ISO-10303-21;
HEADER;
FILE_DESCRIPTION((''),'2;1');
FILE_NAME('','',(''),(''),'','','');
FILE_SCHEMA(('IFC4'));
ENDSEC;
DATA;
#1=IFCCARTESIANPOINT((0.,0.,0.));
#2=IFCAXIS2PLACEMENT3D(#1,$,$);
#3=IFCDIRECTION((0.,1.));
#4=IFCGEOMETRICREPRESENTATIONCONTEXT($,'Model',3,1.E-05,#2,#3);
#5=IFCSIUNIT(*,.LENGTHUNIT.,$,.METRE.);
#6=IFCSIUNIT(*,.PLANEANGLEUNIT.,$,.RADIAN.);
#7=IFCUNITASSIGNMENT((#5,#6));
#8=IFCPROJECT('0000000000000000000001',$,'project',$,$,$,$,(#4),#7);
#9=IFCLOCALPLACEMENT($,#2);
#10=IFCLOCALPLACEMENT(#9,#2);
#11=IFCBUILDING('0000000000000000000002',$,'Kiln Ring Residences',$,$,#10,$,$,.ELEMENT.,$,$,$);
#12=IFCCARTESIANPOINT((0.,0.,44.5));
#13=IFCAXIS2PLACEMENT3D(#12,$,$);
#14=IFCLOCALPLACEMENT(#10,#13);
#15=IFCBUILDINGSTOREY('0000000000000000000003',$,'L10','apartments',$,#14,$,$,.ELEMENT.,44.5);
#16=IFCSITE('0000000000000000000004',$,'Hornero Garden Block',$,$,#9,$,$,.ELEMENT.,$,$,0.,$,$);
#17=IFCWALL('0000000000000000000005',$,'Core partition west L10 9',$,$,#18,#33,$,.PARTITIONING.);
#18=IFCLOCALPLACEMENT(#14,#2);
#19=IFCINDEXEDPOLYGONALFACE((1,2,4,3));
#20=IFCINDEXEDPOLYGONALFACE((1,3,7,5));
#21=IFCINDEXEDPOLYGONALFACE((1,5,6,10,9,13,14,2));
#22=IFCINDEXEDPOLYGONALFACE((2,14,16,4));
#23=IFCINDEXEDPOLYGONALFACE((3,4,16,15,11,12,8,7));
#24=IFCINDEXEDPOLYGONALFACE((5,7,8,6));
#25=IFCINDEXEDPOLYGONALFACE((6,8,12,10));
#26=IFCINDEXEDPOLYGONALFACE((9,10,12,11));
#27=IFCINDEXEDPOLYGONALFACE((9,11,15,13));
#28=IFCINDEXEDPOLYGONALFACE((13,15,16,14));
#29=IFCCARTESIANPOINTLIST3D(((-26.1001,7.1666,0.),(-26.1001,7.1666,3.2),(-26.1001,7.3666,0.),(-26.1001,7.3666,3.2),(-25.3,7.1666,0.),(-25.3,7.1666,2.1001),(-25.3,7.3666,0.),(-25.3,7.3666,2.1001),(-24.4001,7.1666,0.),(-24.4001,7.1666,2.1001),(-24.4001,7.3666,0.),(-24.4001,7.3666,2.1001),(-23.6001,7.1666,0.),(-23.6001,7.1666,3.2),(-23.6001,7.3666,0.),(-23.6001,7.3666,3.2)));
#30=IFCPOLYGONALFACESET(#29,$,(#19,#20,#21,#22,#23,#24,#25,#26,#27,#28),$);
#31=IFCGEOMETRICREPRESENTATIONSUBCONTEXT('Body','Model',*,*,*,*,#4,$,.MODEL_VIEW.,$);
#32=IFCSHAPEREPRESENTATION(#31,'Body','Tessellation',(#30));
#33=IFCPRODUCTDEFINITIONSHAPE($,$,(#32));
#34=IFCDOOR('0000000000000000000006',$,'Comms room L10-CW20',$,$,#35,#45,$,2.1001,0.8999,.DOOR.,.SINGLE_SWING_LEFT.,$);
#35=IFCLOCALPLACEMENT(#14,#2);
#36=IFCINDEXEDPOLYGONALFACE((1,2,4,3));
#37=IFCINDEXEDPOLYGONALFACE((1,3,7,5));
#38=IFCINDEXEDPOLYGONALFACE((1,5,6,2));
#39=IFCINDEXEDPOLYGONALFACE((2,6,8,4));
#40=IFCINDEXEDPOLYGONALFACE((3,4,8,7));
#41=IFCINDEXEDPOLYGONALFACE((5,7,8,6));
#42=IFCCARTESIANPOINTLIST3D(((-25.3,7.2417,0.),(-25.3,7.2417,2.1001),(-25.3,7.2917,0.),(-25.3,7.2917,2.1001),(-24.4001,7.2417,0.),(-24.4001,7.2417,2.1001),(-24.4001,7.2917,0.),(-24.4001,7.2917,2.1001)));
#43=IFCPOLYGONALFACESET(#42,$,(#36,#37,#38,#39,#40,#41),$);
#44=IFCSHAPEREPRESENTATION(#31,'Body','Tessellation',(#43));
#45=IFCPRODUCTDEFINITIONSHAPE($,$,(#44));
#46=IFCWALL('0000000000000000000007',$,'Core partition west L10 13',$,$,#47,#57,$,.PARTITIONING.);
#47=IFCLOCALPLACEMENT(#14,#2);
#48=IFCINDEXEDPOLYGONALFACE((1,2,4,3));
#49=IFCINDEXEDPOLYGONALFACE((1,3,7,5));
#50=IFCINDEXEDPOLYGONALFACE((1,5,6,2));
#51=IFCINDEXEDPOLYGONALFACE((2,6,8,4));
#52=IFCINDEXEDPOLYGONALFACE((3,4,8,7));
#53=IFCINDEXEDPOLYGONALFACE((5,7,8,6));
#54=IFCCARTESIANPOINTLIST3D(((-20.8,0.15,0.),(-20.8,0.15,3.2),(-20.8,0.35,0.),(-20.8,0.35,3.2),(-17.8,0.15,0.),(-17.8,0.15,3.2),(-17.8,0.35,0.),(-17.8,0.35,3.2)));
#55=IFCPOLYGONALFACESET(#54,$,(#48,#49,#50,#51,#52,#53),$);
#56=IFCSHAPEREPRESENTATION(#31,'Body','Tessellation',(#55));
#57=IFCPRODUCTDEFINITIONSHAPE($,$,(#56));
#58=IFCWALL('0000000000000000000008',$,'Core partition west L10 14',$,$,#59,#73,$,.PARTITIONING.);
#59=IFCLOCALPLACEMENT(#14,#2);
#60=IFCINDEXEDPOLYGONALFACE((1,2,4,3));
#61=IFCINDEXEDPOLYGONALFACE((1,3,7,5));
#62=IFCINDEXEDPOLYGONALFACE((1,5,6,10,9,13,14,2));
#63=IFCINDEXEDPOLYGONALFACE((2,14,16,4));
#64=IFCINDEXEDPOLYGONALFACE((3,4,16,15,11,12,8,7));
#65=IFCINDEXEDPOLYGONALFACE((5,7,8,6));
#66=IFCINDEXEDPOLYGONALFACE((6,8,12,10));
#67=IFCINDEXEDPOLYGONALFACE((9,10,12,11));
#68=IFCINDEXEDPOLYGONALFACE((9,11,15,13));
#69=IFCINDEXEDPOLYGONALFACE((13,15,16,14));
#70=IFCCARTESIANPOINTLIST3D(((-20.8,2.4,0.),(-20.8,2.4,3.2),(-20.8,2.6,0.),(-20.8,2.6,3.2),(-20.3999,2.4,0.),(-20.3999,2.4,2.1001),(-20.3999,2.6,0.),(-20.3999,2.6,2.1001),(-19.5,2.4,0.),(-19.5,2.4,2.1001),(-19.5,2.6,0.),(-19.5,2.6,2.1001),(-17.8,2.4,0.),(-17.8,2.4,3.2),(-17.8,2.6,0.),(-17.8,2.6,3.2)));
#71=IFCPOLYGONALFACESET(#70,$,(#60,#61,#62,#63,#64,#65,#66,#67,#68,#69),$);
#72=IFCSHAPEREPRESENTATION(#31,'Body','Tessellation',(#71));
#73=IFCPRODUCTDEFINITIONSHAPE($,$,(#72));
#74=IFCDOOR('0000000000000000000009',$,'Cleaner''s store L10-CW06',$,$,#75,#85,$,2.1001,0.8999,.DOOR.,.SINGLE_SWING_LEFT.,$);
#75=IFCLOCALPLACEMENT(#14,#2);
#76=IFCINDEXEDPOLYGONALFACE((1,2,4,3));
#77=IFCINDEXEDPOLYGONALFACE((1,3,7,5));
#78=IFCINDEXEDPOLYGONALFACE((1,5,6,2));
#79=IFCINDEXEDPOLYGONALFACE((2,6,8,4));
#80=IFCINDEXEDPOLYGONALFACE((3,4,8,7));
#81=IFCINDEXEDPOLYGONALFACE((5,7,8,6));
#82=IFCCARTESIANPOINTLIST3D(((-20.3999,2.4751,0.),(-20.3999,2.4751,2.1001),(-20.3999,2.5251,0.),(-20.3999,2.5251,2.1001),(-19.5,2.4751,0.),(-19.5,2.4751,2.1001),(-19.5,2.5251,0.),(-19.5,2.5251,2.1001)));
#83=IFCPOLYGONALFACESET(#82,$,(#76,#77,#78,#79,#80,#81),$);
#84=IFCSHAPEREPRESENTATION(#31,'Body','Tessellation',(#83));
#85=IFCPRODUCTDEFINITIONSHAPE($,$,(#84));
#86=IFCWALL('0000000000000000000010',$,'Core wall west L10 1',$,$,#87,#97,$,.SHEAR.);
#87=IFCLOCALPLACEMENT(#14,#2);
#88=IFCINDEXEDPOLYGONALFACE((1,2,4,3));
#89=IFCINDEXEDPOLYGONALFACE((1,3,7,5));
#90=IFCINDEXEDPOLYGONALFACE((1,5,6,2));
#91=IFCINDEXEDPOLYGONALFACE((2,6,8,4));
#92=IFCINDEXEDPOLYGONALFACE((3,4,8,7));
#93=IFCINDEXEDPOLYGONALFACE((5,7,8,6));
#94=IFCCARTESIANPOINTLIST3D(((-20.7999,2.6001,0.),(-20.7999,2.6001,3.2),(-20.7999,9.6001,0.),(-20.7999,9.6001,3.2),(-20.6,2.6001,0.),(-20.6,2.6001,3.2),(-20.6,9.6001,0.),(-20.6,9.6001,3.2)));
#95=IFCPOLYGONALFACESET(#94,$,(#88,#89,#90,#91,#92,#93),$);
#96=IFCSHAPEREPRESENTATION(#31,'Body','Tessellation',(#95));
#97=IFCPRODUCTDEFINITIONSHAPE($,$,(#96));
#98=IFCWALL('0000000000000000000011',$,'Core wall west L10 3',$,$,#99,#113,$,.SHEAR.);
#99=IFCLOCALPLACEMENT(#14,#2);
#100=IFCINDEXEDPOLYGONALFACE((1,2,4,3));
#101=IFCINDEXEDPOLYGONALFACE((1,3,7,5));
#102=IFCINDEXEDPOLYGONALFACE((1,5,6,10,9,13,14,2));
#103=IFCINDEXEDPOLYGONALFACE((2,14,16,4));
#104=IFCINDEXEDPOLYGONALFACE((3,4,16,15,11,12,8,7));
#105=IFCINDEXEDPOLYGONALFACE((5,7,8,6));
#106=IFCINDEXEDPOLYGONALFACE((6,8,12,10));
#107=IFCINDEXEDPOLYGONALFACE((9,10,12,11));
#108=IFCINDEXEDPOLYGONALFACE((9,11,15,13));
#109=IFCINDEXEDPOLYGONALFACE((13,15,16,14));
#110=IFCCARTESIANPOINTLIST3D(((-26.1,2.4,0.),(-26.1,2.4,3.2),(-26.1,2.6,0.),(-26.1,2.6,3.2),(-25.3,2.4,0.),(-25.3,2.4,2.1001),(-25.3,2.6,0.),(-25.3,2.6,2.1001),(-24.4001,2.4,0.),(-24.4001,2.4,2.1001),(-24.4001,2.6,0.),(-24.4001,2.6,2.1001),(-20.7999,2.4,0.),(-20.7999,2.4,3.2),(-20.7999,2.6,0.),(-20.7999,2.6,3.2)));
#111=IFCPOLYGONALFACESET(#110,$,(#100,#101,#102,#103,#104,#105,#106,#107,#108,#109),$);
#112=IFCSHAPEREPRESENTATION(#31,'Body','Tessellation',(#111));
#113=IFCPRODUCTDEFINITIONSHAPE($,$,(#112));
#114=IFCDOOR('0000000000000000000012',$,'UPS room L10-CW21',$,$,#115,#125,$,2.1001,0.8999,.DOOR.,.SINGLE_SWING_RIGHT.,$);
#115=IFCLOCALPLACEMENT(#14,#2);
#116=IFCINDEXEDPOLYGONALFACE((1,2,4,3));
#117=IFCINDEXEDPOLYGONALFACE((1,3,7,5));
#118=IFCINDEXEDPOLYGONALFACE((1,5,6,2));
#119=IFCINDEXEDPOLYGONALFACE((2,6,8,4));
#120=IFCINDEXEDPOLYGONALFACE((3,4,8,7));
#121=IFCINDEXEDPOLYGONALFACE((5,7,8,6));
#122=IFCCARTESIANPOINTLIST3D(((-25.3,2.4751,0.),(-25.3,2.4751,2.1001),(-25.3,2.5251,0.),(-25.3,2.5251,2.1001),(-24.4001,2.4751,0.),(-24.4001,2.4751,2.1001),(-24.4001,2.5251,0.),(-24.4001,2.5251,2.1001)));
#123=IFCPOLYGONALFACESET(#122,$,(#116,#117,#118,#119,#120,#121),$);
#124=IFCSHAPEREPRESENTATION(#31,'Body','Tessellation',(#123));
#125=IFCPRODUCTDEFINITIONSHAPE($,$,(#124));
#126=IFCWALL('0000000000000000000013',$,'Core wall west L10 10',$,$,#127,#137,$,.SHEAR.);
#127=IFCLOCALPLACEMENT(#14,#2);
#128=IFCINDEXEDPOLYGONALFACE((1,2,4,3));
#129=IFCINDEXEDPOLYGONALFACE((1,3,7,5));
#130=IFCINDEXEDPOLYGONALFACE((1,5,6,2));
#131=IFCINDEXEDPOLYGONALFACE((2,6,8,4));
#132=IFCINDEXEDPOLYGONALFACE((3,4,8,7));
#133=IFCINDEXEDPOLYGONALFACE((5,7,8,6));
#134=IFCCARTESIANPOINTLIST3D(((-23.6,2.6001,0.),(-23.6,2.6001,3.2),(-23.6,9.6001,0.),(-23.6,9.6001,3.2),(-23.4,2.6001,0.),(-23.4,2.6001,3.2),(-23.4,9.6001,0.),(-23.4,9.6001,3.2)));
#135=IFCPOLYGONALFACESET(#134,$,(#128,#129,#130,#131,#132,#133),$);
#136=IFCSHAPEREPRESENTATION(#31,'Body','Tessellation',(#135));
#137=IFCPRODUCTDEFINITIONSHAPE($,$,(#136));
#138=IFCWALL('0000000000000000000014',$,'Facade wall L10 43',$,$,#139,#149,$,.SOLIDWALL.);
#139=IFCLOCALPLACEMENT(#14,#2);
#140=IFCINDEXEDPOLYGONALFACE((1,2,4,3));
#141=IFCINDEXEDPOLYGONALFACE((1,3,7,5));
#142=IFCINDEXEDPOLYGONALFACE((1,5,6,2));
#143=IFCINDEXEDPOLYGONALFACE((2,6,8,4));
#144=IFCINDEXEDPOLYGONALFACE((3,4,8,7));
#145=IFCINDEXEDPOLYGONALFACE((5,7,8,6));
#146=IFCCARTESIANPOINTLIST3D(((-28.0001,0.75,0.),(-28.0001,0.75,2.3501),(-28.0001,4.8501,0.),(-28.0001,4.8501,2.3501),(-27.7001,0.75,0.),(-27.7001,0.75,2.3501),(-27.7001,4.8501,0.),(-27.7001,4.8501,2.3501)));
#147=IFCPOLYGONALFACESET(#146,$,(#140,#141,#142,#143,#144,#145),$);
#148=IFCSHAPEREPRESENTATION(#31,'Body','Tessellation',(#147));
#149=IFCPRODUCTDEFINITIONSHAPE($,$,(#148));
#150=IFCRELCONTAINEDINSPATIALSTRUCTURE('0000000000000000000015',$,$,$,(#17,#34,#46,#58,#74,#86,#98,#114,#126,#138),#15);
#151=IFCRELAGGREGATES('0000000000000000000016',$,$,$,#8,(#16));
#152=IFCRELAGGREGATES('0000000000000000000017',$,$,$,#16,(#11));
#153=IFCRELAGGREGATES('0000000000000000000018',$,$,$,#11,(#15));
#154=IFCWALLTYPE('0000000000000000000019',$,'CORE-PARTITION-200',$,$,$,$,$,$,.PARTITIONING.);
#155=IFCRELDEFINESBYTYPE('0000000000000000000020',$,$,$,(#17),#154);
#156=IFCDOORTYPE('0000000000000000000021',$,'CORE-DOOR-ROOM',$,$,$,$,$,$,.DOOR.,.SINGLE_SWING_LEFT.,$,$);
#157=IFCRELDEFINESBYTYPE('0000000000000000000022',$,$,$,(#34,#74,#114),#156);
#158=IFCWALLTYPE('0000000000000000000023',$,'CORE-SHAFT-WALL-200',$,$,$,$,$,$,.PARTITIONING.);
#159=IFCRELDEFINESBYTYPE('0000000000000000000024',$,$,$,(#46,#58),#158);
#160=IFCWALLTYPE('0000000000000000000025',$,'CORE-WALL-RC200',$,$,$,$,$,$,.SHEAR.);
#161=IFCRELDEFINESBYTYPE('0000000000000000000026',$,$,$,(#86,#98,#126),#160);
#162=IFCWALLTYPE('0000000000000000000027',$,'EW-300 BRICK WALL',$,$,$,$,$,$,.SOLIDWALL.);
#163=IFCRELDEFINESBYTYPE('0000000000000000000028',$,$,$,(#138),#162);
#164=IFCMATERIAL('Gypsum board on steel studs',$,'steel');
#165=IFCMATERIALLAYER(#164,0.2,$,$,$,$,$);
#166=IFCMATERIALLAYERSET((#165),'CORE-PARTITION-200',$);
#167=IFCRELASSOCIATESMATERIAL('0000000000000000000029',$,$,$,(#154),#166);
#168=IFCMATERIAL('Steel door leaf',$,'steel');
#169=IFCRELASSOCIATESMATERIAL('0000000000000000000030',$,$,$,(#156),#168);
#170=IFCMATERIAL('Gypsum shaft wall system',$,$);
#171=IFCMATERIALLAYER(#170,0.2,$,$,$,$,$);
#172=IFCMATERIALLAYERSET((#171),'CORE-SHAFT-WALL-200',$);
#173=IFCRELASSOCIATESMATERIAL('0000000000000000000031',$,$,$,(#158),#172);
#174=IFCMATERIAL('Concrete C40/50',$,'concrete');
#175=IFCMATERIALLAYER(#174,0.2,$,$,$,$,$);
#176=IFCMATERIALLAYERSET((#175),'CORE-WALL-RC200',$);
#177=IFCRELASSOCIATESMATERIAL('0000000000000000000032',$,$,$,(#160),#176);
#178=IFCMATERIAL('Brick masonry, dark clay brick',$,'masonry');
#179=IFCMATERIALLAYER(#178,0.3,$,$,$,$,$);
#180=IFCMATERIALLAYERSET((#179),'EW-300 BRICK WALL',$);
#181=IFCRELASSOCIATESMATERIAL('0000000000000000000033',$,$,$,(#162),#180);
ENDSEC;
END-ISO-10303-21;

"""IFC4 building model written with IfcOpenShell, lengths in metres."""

from ifc_helpers import new_model, si_unit, direction, frame, frame_2d, origin, place, context, subcontext, project, spatial, rectangle, extrude, material, layer, layer_set, type_object, element, fill, save


model = new_model("IFC4")

# Units and contexts
model_context = context("Model", 3, precision=1e-05, world=origin(), true_north=direction((0.0, 1.0)))
body_context = subcontext(model_context, "Body", "Model", "MODEL_VIEW")
ifc_project = project(units=[si_unit("LENGTHUNIT", "METRE"), si_unit("PLANEANGLEUNIT", "RADIAN")], contexts=[model_context])

# Site, building, storey
site_placement = place(None, origin())
site = spatial("IfcSite", under=ifc_project, at=site_placement, Name="Hornero Garden Block", CompositionType="ELEMENT", RefElevation=0.0)
building_placement = place(site_placement, origin())
building = spatial("IfcBuilding", under=site, at=building_placement, Name="Kiln Ring Residences", CompositionType="ELEMENT")
storey_placement = place(building_placement, frame((0.0, 0.0, 44.5)))
storey = spatial("IfcBuildingStorey", under=building, at=storey_placement, Name="L10", Description="apartments", CompositionType="ELEMENT", Elevation=44.5)

# Shared definitions
ifc_material_1 = material(Name="Gypsum board on steel studs", Category="steel")
ifc_layer_1 = layer(ifc_material_1, 0.2)
ifc_layer_set_1 = layer_set([ifc_layer_1], Name="CORE-PARTITION-200")
wall_type_1 = type_object("IfcWallType", Name="CORE-PARTITION-200", PredefinedType="PARTITIONING", material=ifc_layer_set_1)
ifc_material_2 = material(Name="Steel door leaf", Category="steel")
door_type = type_object("IfcDoorType", Name="CORE-DOOR-ROOM", OperationType="SINGLE_SWING_LEFT", PredefinedType="DOOR", material=ifc_material_2)

# Wall, opening, door
wall_1_placement = place(storey_placement, frame((-23.6001, 7.2666, 0.0), z_axis=(0.0, 0.0, 1.0), x_axis=(-1.0, 0.0, 0.0)))
wall_1 = element("IfcWall", 1, at=wall_1_placement, inside=storey, type_object=wall_type_1, Name="Core partition west L10 9", PredefinedType="PARTITIONING", context=body_context, shape_type="SweptSolid", body=[
    extrude(rectangle(XDim=2.5, YDim=0.2, at=frame_2d((1.25, 0.0))), origin(), (0.0, 0.0, 1.0), 3.2),
])
opening_1_placement = place(wall_1_placement, frame((0.8, 0.0, 0.0)))
opening_1 = element("IfcOpeningElement", 2, at=opening_1_placement, cuts=wall_1, PredefinedType="OPENING", context=body_context, shape_type="SweptSolid", body=[
    extrude(rectangle(XDim=0.8999, YDim=2.1001, at=frame_2d((0.45, 1.05))), frame((0.0, 0.1099, 0.0), z_axis=(0.0, -1.0, 0.0), x_axis=(1.0, 0.0, 0.0)), (0.0, 0.0, 1.0), 0.22),
])
door_1_placement = place(opening_1_placement, origin())
door_1 = element("IfcDoor", 3, at=door_1_placement, inside=storey, type_object=door_type, Name="Comms room L10-CW20", OperationType="SINGLE_SWING_LEFT", OverallHeight=2.1001, OverallWidth=0.8999, PredefinedType="DOOR", context=body_context, shape_type="SweptSolid", body=[
    extrude(rectangle(XDim=0.8999, YDim=2.1001, at=frame_2d((0.45, 1.05))), frame((0.0, 0.0249, 0.0), z_axis=(0.0, -1.0, 0.0), x_axis=(1.0, 0.0, 0.0)), (0.0, 0.0, 1.0), 0.05),
])
fill(opening_1, door_1)

# Wall
ifc_material_3 = material(Name="Gypsum shaft wall system")
ifc_layer_2 = layer(ifc_material_3, 0.2)
ifc_layer_set_2 = layer_set([ifc_layer_2], Name="CORE-SHAFT-WALL-200")
wall_type_2 = type_object("IfcWallType", Name="CORE-SHAFT-WALL-200", PredefinedType="PARTITIONING", material=ifc_layer_set_2)
wall_2_placement = place(storey_placement, frame((-17.8, 0.25, 0.0), z_axis=(0.0, 0.0, 1.0), x_axis=(-1.0, 0.0, 0.0)))
element("IfcWall", 4, at=wall_2_placement, inside=storey, type_object=wall_type_2, Name="Core partition west L10 13", PredefinedType="PARTITIONING", context=body_context, shape_type="SweptSolid", body=[
    extrude(rectangle(XDim=3.0, YDim=0.2, at=frame_2d((1.5, 0.0))), origin(), (0.0, 0.0, 1.0), 3.2),
])

# Wall, opening, door
wall_3_placement = place(storey_placement, frame((-17.8, 2.5, 0.0), z_axis=(0.0, 0.0, 1.0), x_axis=(-1.0, 0.0, 0.0)))
wall_3 = element("IfcWall", 5, at=wall_3_placement, inside=storey, type_object=wall_type_2, Name="Core partition west L10 14", PredefinedType="PARTITIONING", context=body_context, shape_type="SweptSolid", body=[
    extrude(rectangle(XDim=3.0, YDim=0.2, at=frame_2d((1.5, 0.0))), origin(), (0.0, 0.0, 1.0), 3.2),
])
opening_2_placement = place(wall_3_placement, frame((1.7, 0.0, 0.0)))
opening_2 = element("IfcOpeningElement", 6, at=opening_2_placement, cuts=wall_3, PredefinedType="OPENING", context=body_context, shape_type="SweptSolid", body=[
    extrude(rectangle(XDim=0.8999, YDim=2.1001, at=frame_2d((0.45, 1.05))), frame((0.0, 0.1099, 0.0), z_axis=(0.0, -1.0, 0.0), x_axis=(1.0, 0.0, 0.0)), (0.0, 0.0, 1.0), 0.22),
])
door_2_placement = place(opening_2_placement, origin())
door_2 = element("IfcDoor", 7, at=door_2_placement, inside=storey, type_object=door_type, Name="Cleaner's store L10-CW06", OperationType="SINGLE_SWING_LEFT", OverallHeight=2.1001, OverallWidth=0.8999, PredefinedType="DOOR", context=body_context, shape_type="SweptSolid", body=[
    extrude(rectangle(XDim=0.8999, YDim=2.1001, at=frame_2d((0.45, 1.05))), frame((0.0, 0.0249, 0.0), z_axis=(0.0, -1.0, 0.0), x_axis=(1.0, 0.0, 0.0)), (0.0, 0.0, 1.0), 0.05),
])
fill(opening_2, door_2)

# Wall
ifc_material_4 = material(Name="Concrete C40/50", Category="concrete")
ifc_layer_3 = layer(ifc_material_4, 0.2)
ifc_layer_set_3 = layer_set([ifc_layer_3], Name="CORE-WALL-RC200")
wall_type_3 = type_object("IfcWallType", Name="CORE-WALL-RC200", PredefinedType="SHEAR", material=ifc_layer_set_3)
wall_4_placement = place(storey_placement, frame((-20.7, 2.6001, 0.0), z_axis=(0.0, 0.0, 1.0), x_axis=(0.0, 1.0, 0.0)))
element("IfcWall", 8, at=wall_4_placement, inside=storey, type_object=wall_type_3, Name="Core wall west L10 1", PredefinedType="SHEAR", context=body_context, shape_type="SweptSolid", body=[
    extrude(rectangle(XDim=7.0, YDim=0.2, at=frame_2d((3.5, 0.0))), origin(), (0.0, 0.0, 1.0), 3.2),
])

# Wall, opening, door
wall_5_placement = place(storey_placement, frame((-20.8, 2.5, 0.0), z_axis=(0.0, 0.0, 1.0), x_axis=(-1.0, 0.0, 0.0)))
wall_5 = element("IfcWall", 9, at=wall_5_placement, inside=storey, type_object=wall_type_3, Name="Core wall west L10 3", PredefinedType="SHEAR", context=body_context, shape_type="SweptSolid", body=[
    extrude(rectangle(XDim=5.3, YDim=0.2, at=frame_2d((2.6499, 0.0))), origin(), (0.0, 0.0, 1.0), 3.2),
])
opening_3_placement = place(wall_5_placement, frame((3.6001, 0.0, 0.0)))
opening_3 = element("IfcOpeningElement", 10, at=opening_3_placement, cuts=wall_5, PredefinedType="OPENING", context=body_context, shape_type="SweptSolid", body=[
    extrude(rectangle(XDim=0.8999, YDim=2.1001, at=frame_2d((0.45, 1.05))), frame((0.0, 0.1099, 0.0), z_axis=(0.0, -1.0, 0.0), x_axis=(1.0, 0.0, 0.0)), (0.0, 0.0, 1.0), 0.22),
])
door_3_placement = place(opening_3_placement, origin())
door_3 = element("IfcDoor", 11, at=door_3_placement, inside=storey, type_object=door_type, Name="UPS room L10-CW21", OperationType="SINGLE_SWING_RIGHT", OverallHeight=2.1001, OverallWidth=0.8999, PredefinedType="DOOR", context=body_context, shape_type="SweptSolid", body=[
    extrude(rectangle(XDim=0.8999, YDim=2.1001, at=frame_2d((0.45, 1.05))), frame((0.0, 0.0249, 0.0), z_axis=(0.0, -1.0, 0.0), x_axis=(1.0, 0.0, 0.0)), (0.0, 0.0, 1.0), 0.05),
])
fill(opening_3, door_3)

# Walls
wall_6_placement = place(storey_placement, frame((-23.5, 2.6001, 0.0), z_axis=(0.0, 0.0, 1.0), x_axis=(0.0, 1.0, 0.0)))
element("IfcWall", 12, at=wall_6_placement, inside=storey, type_object=wall_type_3, Name="Core wall west L10 10", PredefinedType="SHEAR", context=body_context, shape_type="SweptSolid", body=[
    extrude(rectangle(XDim=7.0, YDim=0.2, at=frame_2d((3.5, 0.0))), origin(), (0.0, 0.0, 1.0), 3.2),
])
ifc_material_5 = material(Name="Brick masonry, dark clay brick", Category="masonry")
ifc_layer_4 = layer(ifc_material_5, 0.3)
ifc_layer_set_4 = layer_set([ifc_layer_4], Name="EW-300 BRICK WALL")
wall_type_4 = type_object("IfcWallType", Name="EW-300 BRICK WALL", PredefinedType="SOLIDWALL", material=ifc_layer_set_4)
wall_7_placement = place(storey_placement, frame((-27.8501, 4.8501, 0.0), z_axis=(0.0, 0.0, 1.0), x_axis=(0.0, -1.0, 0.0)))
element("IfcWall", 13, at=wall_7_placement, inside=storey, type_object=wall_type_4, Name="Facade wall L10 43", PredefinedType="SOLIDWALL", context=body_context, shape_type="SweptSolid", body=[
    extrude(rectangle(XDim=4.1001, YDim=0.3, at=frame_2d((2.05, 0.0))), origin(), (0.0, 0.0, 1.0), 2.3501),
])

save(model, "model.ifc")
